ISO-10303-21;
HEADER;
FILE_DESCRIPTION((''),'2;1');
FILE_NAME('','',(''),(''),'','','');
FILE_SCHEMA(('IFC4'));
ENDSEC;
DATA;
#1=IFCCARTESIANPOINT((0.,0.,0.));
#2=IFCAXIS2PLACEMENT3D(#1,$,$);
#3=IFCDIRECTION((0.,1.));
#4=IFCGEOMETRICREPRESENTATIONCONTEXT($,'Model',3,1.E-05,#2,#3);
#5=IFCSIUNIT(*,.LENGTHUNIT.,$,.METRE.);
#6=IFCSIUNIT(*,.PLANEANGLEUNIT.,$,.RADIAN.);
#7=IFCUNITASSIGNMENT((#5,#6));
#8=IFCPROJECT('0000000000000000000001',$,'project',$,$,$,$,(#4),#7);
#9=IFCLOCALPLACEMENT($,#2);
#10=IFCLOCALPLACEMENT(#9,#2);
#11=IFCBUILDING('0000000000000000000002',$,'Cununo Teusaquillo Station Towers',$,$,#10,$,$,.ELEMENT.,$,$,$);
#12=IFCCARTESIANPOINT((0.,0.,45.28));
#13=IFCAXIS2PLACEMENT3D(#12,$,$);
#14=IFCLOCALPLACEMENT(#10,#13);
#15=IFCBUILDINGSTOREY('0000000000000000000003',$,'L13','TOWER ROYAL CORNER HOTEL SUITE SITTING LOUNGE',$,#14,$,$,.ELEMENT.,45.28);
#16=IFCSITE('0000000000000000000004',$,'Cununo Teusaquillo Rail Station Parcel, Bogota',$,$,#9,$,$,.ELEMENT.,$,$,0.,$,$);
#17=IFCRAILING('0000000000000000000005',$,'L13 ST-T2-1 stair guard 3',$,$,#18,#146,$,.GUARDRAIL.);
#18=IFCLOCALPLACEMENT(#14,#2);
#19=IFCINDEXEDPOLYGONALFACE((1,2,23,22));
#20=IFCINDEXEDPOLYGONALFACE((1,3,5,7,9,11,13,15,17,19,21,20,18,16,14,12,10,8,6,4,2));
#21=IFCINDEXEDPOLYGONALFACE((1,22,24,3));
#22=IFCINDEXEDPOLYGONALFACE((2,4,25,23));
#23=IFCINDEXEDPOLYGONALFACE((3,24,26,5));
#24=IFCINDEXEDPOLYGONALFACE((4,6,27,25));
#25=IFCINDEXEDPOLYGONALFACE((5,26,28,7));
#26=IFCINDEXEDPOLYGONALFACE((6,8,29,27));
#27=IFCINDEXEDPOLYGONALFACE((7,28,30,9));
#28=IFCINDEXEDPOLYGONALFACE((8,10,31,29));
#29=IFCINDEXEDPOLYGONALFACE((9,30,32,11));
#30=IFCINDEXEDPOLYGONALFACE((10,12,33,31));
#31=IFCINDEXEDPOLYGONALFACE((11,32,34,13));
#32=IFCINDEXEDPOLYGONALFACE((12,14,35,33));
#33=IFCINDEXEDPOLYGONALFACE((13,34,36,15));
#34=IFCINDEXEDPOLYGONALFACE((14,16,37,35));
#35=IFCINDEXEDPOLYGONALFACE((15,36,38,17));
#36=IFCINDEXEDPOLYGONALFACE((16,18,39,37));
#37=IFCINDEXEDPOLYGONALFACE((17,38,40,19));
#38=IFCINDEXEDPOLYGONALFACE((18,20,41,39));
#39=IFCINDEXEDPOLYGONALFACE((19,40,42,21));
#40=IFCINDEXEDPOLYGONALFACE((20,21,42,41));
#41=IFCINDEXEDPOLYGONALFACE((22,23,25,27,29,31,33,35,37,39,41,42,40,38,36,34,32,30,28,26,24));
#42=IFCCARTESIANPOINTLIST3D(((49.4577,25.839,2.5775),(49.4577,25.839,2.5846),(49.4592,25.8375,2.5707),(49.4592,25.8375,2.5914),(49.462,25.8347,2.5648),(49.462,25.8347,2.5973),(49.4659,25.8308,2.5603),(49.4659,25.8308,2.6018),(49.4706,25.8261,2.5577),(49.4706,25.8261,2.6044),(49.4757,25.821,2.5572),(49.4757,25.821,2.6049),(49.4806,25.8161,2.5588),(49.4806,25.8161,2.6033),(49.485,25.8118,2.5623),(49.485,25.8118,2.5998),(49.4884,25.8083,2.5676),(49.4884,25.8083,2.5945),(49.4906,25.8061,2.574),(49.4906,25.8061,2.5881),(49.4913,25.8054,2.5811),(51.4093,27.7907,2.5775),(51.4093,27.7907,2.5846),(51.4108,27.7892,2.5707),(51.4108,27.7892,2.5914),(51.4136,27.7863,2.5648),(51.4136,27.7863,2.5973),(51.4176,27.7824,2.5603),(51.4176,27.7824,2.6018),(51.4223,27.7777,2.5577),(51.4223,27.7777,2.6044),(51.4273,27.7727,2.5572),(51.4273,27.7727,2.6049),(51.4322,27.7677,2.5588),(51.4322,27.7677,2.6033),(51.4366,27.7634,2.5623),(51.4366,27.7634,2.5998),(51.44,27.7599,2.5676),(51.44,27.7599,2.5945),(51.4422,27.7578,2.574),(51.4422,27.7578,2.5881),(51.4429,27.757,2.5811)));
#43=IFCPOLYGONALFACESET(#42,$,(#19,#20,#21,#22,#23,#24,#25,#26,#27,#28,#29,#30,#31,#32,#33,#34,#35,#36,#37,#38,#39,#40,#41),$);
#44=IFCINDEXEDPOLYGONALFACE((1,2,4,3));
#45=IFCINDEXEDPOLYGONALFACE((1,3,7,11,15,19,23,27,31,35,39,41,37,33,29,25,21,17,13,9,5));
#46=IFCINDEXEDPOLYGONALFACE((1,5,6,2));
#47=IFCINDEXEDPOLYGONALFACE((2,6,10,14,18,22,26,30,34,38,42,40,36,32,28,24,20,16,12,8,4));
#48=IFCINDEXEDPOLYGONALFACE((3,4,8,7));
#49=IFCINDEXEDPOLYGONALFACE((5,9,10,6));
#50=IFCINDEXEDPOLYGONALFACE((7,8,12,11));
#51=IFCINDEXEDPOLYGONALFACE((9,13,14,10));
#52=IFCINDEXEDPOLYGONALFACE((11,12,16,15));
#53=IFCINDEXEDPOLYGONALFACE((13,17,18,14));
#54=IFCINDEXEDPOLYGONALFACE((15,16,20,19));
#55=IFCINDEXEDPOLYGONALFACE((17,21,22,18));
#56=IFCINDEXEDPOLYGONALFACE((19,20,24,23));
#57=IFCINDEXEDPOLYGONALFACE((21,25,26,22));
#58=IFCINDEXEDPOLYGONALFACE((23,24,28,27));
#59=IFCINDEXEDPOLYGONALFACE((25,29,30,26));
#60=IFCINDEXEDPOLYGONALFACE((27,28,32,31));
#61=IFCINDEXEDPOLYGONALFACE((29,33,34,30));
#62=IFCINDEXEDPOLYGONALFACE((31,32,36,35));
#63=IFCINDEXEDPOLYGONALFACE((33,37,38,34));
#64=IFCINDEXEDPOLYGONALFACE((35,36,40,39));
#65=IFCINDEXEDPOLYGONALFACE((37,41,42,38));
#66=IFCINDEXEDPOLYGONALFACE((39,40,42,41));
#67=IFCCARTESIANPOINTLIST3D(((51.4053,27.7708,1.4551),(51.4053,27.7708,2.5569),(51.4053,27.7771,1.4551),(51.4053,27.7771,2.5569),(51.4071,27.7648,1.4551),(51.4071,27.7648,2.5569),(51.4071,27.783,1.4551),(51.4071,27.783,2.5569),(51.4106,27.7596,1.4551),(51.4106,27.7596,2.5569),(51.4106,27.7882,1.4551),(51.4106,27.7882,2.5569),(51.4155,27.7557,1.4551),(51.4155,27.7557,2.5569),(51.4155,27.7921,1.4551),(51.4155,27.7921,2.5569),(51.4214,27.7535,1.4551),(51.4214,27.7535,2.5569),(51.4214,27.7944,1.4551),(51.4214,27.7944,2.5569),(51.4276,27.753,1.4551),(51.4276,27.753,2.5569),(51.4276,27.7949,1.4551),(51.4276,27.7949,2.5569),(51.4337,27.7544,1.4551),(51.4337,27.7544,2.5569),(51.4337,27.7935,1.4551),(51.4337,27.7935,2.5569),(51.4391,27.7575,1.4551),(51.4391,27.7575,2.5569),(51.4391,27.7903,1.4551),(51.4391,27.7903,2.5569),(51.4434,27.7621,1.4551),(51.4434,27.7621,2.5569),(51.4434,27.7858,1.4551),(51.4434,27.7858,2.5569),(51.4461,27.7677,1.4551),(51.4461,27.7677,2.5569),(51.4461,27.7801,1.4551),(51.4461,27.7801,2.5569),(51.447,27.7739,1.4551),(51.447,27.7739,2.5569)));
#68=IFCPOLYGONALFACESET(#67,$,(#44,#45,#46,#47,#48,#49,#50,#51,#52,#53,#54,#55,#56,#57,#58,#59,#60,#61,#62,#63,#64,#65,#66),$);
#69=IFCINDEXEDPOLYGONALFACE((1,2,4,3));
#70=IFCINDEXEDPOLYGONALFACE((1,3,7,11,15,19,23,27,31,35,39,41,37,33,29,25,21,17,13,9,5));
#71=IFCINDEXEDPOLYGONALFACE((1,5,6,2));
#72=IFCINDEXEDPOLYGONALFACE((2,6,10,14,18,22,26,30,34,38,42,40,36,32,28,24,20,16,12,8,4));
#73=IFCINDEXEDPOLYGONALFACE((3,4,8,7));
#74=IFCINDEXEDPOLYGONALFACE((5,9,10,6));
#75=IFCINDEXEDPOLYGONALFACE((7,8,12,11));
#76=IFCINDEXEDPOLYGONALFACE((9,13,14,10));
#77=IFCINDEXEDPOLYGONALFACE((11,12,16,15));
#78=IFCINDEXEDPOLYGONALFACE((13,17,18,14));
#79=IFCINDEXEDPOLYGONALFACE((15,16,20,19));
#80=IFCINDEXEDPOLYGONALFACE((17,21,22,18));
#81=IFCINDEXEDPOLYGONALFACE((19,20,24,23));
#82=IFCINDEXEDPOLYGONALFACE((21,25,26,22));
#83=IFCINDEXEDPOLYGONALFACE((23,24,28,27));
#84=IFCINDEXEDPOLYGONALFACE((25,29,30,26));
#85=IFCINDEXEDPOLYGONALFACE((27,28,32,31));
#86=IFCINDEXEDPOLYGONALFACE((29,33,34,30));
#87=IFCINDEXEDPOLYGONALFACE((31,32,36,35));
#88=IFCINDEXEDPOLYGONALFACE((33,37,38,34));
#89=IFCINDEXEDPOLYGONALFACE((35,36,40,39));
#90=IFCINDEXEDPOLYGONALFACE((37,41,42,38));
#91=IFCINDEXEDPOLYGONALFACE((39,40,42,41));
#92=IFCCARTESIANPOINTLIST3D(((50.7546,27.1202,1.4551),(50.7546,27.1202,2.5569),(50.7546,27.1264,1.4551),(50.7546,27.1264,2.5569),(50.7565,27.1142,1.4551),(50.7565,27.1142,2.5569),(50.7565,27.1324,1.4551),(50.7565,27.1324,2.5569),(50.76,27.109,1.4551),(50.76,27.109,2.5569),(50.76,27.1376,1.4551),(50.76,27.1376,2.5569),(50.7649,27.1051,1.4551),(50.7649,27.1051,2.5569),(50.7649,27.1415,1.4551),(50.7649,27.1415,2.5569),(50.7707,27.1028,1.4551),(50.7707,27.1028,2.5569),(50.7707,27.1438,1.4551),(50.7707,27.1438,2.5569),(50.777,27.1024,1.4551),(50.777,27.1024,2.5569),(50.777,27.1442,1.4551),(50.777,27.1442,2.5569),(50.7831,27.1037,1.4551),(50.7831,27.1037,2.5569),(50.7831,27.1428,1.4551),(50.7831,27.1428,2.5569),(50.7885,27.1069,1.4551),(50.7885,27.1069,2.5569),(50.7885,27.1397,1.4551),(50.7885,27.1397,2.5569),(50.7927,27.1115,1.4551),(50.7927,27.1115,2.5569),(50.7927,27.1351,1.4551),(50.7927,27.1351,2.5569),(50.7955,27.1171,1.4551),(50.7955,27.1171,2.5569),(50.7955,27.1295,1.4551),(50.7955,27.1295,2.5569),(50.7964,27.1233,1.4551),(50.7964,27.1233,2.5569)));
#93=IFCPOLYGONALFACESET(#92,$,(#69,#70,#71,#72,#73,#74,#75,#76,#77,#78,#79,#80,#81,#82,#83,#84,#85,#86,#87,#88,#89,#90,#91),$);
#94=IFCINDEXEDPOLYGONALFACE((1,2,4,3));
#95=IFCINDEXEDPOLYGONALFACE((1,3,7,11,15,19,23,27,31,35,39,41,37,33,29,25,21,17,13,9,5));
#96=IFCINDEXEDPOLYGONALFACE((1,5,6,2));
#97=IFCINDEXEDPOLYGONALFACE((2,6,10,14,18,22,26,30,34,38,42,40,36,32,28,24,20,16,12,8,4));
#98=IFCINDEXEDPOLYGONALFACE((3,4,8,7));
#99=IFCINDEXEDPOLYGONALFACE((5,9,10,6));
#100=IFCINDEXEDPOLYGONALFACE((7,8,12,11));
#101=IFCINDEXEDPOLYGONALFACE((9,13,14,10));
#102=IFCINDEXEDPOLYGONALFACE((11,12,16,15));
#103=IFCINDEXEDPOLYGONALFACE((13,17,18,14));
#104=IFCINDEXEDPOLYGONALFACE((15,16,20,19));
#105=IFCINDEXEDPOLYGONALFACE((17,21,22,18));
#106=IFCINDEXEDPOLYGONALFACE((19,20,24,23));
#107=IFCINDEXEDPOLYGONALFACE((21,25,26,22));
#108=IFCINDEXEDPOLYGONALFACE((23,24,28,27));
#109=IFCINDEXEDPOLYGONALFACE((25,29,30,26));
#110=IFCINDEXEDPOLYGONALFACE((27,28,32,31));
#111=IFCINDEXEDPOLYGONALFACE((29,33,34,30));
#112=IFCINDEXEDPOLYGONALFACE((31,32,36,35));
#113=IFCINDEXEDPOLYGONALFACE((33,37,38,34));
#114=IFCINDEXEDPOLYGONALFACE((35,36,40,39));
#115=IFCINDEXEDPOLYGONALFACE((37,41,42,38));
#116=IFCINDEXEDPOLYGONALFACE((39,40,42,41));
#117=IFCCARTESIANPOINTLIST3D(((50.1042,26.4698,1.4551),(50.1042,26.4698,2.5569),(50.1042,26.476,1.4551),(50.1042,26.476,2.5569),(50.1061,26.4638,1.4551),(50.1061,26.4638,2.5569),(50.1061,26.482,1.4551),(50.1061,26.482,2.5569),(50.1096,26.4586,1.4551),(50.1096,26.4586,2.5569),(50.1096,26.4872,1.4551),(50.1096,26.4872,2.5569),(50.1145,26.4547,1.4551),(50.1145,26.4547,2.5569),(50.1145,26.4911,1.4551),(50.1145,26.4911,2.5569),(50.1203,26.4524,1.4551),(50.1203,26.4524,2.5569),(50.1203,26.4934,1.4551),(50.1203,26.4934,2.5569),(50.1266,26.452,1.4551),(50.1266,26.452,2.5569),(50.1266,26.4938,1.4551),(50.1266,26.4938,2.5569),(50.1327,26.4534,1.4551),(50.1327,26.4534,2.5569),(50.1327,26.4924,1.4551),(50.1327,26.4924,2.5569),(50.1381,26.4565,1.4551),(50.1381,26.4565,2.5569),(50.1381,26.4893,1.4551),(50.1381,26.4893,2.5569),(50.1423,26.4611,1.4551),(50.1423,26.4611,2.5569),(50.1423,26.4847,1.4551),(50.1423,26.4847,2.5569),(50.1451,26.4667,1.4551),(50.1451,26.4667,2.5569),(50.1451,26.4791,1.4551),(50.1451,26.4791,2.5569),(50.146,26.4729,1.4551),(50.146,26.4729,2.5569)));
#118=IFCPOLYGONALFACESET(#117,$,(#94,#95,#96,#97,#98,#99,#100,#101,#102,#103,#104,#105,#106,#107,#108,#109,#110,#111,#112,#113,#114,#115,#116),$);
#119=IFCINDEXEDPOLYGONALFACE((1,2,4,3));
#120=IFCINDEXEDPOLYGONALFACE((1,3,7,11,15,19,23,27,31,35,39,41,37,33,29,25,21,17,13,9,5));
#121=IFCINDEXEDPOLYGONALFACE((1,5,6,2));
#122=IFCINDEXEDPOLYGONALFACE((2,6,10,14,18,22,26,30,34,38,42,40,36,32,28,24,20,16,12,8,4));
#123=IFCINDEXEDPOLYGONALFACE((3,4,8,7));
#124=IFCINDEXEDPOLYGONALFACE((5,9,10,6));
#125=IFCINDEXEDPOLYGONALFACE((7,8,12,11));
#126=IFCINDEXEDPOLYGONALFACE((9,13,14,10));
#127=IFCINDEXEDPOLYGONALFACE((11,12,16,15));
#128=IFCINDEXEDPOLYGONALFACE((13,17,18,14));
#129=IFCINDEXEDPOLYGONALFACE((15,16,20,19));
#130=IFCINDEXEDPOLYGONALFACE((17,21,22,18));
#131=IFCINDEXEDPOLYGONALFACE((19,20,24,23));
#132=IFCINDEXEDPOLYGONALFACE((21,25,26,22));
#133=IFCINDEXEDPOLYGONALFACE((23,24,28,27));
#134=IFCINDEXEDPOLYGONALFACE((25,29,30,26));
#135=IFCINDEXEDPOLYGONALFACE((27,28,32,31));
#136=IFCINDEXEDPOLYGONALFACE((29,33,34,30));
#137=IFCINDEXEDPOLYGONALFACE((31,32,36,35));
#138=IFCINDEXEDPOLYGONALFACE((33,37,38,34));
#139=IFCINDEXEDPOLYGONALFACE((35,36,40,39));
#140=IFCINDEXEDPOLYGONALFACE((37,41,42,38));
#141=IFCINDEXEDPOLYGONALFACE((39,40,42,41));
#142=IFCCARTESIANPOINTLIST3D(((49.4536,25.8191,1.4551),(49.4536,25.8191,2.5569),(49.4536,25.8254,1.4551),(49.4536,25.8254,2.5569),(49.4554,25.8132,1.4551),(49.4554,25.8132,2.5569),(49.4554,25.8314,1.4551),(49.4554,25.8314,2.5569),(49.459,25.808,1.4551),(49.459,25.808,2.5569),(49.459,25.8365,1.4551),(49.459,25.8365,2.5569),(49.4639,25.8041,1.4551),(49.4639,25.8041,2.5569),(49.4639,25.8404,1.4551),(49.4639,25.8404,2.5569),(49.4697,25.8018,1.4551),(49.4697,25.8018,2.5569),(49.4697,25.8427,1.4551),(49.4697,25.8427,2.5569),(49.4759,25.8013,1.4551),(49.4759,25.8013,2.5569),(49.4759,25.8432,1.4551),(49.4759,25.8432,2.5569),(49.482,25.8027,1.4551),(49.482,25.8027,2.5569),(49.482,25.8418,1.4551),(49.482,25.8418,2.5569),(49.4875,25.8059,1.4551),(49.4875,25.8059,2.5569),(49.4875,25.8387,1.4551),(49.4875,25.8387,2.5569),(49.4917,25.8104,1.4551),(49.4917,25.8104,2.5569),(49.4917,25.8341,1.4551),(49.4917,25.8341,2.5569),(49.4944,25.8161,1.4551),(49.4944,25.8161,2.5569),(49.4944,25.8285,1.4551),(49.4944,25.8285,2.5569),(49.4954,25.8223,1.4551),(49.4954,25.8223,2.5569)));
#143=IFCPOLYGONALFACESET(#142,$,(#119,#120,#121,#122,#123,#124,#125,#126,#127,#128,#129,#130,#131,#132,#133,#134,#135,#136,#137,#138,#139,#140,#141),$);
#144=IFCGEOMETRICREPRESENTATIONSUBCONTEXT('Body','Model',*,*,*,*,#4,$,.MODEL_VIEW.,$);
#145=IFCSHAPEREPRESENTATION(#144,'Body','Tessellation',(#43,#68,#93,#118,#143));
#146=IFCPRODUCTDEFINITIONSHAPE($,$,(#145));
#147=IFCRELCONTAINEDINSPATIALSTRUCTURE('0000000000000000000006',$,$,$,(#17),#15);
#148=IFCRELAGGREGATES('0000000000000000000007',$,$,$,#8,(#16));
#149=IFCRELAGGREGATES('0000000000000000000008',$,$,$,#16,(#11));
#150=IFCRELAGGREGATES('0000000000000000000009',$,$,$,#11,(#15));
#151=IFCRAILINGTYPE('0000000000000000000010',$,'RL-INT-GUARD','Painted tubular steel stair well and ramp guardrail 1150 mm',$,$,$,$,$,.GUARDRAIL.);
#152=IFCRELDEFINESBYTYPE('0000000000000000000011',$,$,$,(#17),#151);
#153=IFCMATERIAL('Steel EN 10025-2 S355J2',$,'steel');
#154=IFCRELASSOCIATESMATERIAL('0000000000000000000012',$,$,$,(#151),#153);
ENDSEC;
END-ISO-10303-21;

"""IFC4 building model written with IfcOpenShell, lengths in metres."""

from ifc_helpers import new_model, si_unit, direction, frame, origin, origin_2d, place, context, subcontext, project, spatial, circle, extrude, material, type_object, element, save


model = new_model("IFC4")

# Units and contexts
model_context = context("Model", 3, precision=1e-05, world=origin(), true_north=direction((0.0, 1.0)))
body_context = subcontext(model_context, "Body", "Model", "MODEL_VIEW")
ifc_project = project(units=[si_unit("LENGTHUNIT", "METRE"), si_unit("PLANEANGLEUNIT", "RADIAN")], contexts=[model_context])

# Site, building, storey
site_placement = place(None, origin())
site = spatial("IfcSite", under=ifc_project, at=site_placement, Name="Cununo Teusaquillo Rail Station Parcel, Bogota", CompositionType="ELEMENT", RefElevation=0.0)
building_placement = place(site_placement, origin())
building = spatial("IfcBuilding", under=site, at=building_placement, Name="Cununo Teusaquillo Station Towers", CompositionType="ELEMENT")
storey_placement = place(building_placement, frame((0.0, 0.0, 45.28)))
storey = spatial("IfcBuildingStorey", under=building, at=storey_placement, Name="L13", Description="TOWER ROYAL CORNER HOTEL SUITE SITTING LOUNGE", CompositionType="ELEMENT", Elevation=45.28)

# Railing
ifc_material_1 = material(Name="Steel EN 10025-2 S355J2", Category="steel")
railing_type = type_object("IfcRailingType", Name="RL-INT-GUARD", Description="Painted tubular steel stair well and ramp guardrail 1150 mm", PredefinedType="GUARDRAIL", material=ifc_material_1)
railing_placement = place(storey_placement, frame((51.426, 27.7739, 1.4551)))
element("IfcRailing", 1, at=railing_placement, inside=storey, type_object=railing_type, Name="L13 ST-T2-1 stair guard 3", PredefinedType="GUARDRAIL", context=body_context, shape_type="SweptSolid", body=[
    extrude(circle(Radius=0.0239, at=origin_2d()), frame((0.0, 0.0, 1.126), z_axis=(-0.707107, -0.707107, 0.0), x_axis=(0.707107, -0.707107, 0.0)), (0.0, 0.0, 1.0), 2.76),
    extrude(circle(Radius=0.021, at=origin_2d()), origin(), (0.0, 0.0, 1.0), 1.1018),
    extrude(circle(Radius=0.021, at=origin_2d()), frame((-0.6506, -0.6506, 0.0)), (0.0, 0.0, 1.0), 1.1018),
    extrude(circle(Radius=0.021, at=origin_2d()), frame((-1.301, -1.301, 0.0)), (0.0, 0.0, 1.0), 1.1018),
    extrude(circle(Radius=0.021, at=origin_2d()), frame((-1.9517, -1.9517, 0.0)), (0.0, 0.0, 1.0), 1.1018),
])

save(model, "model.ifc")
